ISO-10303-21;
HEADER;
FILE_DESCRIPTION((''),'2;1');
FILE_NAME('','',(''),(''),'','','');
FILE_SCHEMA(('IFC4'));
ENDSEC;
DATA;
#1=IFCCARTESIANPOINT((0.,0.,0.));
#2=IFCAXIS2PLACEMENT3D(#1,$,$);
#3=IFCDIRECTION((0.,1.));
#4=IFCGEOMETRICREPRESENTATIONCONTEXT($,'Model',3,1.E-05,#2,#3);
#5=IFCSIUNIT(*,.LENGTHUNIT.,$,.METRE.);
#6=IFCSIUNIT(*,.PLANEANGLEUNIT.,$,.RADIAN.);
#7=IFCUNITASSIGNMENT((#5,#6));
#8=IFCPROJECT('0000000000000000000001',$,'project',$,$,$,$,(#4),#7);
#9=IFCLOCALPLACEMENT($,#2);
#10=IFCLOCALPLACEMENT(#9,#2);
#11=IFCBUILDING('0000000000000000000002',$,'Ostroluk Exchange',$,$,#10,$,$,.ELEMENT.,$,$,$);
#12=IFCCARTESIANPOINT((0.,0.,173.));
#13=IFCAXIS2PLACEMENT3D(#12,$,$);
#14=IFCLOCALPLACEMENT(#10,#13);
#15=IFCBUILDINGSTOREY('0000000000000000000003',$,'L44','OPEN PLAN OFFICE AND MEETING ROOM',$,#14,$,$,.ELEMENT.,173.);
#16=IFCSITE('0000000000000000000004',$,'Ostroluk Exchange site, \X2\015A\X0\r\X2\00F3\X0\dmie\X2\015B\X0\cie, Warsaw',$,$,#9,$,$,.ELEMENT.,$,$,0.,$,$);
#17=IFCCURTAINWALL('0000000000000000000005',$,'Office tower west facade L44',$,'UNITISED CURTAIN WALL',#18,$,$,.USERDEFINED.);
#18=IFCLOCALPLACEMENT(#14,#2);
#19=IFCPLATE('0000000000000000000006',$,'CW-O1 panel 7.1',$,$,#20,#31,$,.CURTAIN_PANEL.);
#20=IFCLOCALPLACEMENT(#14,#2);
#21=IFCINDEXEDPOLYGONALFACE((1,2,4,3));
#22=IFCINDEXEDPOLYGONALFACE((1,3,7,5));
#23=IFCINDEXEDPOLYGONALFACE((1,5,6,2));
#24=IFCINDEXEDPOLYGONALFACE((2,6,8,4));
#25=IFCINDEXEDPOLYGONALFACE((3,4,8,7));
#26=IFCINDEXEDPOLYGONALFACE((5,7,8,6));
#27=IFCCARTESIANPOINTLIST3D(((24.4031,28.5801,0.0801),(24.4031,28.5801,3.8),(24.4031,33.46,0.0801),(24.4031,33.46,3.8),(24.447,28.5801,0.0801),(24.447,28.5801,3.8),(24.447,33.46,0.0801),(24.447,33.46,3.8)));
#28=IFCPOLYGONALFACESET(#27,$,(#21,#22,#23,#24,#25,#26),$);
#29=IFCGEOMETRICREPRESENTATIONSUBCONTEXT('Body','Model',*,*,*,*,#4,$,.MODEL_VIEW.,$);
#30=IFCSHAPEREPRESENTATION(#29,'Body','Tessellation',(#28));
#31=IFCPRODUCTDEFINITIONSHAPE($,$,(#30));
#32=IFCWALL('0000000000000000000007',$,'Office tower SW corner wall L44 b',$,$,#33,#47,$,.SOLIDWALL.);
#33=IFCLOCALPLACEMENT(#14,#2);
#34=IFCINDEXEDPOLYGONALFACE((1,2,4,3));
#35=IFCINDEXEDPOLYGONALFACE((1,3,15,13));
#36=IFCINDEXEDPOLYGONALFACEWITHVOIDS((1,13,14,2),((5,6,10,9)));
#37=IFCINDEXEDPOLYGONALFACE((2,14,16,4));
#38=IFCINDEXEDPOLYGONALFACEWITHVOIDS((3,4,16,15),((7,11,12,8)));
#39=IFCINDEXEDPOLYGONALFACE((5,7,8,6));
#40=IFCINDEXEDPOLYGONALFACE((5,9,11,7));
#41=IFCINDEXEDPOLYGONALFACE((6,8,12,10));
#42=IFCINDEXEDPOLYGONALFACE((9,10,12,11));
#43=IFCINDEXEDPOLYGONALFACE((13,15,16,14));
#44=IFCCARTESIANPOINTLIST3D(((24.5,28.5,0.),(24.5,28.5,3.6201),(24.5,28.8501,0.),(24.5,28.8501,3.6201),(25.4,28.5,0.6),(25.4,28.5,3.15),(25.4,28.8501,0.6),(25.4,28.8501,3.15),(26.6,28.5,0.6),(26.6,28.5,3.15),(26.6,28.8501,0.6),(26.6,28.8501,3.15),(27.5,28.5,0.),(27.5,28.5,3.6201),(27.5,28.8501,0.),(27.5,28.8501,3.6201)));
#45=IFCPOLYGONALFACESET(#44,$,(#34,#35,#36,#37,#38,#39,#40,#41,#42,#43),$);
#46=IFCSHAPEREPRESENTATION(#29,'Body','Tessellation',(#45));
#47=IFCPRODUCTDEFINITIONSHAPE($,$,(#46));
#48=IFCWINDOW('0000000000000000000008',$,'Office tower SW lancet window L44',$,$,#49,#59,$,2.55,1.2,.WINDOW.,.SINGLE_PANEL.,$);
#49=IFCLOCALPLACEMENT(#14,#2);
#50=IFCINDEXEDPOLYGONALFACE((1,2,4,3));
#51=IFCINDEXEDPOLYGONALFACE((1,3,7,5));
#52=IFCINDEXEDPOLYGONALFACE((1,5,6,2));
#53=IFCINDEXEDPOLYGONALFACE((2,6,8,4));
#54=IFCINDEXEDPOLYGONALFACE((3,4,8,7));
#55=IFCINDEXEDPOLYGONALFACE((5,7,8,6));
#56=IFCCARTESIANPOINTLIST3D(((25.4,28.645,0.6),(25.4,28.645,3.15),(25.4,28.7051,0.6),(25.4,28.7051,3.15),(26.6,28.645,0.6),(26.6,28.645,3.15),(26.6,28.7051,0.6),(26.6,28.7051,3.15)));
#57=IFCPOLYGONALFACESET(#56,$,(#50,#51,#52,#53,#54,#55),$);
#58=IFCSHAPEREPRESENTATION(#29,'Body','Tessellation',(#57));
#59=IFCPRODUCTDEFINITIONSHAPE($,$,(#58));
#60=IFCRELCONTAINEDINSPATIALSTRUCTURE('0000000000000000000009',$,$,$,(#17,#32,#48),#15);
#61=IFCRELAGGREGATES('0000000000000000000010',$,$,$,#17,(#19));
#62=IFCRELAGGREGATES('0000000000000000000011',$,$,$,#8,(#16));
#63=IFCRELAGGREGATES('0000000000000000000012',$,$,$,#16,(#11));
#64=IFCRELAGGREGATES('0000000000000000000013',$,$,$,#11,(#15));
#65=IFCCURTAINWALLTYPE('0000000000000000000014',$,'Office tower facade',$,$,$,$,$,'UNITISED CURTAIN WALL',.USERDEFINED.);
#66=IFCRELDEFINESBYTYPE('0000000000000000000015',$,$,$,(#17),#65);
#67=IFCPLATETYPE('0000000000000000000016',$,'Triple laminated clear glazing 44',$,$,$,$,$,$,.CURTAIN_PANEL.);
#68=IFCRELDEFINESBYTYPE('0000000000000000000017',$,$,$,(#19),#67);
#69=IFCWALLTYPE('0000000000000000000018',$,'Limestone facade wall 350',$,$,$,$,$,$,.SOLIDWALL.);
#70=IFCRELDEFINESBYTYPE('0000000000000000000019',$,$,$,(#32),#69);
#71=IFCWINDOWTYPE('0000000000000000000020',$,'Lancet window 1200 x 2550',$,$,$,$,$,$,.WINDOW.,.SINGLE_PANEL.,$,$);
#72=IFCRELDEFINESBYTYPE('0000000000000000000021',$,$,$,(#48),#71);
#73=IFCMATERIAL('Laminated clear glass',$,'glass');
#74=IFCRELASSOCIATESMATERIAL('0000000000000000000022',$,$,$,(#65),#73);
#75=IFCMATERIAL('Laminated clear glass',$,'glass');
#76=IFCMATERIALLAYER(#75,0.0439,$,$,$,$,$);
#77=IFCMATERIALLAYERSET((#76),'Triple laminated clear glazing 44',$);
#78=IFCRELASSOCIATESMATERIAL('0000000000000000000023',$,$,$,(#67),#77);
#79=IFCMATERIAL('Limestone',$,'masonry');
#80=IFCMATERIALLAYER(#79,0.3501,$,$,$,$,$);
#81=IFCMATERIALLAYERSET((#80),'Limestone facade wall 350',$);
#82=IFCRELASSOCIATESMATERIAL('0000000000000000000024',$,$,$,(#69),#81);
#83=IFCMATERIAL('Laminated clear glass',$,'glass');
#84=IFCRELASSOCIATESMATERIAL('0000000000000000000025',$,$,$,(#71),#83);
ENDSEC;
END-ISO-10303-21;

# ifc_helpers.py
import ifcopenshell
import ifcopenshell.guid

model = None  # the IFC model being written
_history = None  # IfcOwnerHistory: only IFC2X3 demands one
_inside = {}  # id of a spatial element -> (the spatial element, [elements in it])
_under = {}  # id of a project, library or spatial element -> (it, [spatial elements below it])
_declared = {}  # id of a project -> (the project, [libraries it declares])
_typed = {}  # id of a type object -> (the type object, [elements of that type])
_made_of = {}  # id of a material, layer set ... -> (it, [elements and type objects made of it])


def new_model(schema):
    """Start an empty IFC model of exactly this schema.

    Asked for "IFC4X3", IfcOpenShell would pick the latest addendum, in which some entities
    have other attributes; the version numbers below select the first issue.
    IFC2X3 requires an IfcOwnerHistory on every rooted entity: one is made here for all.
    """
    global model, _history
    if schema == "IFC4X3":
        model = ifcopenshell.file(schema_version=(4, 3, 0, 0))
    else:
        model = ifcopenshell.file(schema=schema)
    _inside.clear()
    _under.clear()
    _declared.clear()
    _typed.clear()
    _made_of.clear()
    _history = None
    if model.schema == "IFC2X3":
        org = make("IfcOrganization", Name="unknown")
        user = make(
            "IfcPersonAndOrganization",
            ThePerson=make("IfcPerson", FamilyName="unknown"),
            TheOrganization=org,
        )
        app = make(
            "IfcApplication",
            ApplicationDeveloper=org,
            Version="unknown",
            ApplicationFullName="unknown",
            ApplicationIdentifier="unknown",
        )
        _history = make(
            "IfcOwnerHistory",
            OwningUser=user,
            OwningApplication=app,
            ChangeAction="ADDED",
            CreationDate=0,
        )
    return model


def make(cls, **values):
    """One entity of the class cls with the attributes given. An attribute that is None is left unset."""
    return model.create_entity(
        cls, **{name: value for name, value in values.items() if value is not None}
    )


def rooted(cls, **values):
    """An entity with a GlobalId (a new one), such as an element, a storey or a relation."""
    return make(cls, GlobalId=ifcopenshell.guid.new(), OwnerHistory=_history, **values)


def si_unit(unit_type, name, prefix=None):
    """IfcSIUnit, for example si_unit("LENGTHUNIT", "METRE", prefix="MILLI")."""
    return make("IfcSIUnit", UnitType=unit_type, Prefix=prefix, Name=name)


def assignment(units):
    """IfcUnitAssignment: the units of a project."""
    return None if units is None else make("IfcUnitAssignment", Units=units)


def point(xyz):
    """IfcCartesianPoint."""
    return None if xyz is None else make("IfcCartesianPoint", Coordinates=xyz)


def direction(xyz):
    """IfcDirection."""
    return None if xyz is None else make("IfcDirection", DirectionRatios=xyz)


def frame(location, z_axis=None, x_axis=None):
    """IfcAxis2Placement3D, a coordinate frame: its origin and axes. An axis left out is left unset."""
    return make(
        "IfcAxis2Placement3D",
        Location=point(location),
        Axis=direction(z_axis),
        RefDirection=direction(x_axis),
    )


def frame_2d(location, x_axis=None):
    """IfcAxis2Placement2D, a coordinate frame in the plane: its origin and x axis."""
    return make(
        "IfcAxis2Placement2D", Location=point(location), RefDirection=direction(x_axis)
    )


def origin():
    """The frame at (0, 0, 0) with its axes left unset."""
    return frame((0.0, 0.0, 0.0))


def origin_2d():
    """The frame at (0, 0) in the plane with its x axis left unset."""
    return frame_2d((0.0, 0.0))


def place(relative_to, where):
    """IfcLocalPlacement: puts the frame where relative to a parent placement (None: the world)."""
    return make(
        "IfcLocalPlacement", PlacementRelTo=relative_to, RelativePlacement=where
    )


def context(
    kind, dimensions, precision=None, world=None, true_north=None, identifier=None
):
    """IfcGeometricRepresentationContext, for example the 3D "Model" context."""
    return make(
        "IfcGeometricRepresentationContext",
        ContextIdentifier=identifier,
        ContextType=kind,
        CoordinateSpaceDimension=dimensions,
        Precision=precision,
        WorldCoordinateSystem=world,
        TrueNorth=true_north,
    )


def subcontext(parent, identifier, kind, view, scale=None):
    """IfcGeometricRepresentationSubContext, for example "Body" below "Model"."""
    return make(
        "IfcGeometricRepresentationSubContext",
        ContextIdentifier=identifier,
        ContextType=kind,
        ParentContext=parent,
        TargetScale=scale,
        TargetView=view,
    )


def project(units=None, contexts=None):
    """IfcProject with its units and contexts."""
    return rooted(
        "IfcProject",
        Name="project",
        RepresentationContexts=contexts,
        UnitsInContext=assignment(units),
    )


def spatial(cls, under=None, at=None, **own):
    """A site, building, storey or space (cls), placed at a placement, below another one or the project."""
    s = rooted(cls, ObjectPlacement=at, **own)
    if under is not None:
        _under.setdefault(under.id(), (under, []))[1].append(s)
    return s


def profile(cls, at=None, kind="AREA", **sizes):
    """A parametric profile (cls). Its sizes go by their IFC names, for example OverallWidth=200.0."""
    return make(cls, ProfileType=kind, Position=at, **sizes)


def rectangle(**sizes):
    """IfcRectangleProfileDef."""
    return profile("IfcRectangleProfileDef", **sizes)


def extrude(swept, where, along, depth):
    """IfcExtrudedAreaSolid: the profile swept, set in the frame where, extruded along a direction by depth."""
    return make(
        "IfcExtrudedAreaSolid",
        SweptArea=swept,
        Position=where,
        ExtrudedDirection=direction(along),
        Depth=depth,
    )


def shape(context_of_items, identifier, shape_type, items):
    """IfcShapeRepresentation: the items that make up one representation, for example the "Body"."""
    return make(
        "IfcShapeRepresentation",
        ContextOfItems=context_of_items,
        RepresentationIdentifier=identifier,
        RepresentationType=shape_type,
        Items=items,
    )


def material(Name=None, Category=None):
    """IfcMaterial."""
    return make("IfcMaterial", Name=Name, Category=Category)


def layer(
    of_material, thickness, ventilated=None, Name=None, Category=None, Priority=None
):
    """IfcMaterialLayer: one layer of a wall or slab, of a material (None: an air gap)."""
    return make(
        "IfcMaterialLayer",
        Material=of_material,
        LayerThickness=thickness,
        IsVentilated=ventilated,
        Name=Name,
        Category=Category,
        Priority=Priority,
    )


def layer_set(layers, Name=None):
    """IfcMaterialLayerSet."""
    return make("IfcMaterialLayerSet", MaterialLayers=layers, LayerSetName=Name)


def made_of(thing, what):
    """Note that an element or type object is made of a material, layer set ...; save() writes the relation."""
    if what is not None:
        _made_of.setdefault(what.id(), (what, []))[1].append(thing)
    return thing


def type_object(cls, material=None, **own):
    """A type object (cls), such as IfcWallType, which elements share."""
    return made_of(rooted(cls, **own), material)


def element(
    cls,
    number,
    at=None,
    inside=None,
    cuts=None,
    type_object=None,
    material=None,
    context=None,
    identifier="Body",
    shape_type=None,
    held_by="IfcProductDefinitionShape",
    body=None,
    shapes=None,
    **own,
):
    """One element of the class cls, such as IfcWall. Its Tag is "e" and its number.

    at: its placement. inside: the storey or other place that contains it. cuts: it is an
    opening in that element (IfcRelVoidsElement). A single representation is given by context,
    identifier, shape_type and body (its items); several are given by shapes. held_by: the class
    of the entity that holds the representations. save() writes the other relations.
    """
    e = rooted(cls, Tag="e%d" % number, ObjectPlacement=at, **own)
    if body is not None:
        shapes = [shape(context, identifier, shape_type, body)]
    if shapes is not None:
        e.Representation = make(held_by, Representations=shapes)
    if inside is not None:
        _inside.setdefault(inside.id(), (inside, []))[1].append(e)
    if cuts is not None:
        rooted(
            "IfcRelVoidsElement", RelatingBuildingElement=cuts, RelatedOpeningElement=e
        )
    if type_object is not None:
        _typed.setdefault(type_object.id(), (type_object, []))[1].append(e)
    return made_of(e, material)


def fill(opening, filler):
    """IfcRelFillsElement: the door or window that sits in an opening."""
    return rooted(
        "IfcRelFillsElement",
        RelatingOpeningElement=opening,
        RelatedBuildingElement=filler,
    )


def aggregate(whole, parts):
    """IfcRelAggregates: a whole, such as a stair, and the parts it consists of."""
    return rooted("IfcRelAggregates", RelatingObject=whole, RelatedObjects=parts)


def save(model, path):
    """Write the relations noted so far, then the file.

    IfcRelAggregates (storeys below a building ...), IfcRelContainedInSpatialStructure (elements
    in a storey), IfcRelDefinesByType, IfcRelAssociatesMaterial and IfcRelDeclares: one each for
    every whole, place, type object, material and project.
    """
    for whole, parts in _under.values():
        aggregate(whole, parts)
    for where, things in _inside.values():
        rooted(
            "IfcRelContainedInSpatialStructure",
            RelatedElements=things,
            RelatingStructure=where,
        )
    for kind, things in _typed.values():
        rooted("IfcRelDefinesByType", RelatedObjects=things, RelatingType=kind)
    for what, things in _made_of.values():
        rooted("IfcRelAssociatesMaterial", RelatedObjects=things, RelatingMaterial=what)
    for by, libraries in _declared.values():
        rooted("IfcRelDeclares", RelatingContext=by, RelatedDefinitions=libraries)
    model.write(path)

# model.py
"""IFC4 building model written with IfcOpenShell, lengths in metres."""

from ifc_helpers import new_model, si_unit, direction, frame, frame_2d, origin, origin_2d, place, context, subcontext, project, spatial, rectangle, extrude, material, layer, layer_set, type_object, element, fill, aggregate, save


model = new_model("IFC4")

# Units and contexts
model_context = context("Model", 3, precision=1e-05, world=origin(), true_north=direction((0.0, 1.0)))
body_context = subcontext(model_context, "Body", "Model", "MODEL_VIEW")
ifc_project = project(units=[si_unit("LENGTHUNIT", "METRE"), si_unit("PLANEANGLEUNIT", "RADIAN")], contexts=[model_context])

# Site, building, storey
site_placement = place(None, origin())
site = spatial("IfcSite", under=ifc_project, at=site_placement, Name="Ostroluk Exchange site, Śródmieście, Warsaw", CompositionType="ELEMENT", RefElevation=0.0)
building_placement = place(site_placement, origin())
building = spatial("IfcBuilding", under=site, at=building_placement, Name="Ostroluk Exchange", CompositionType="ELEMENT")
storey_placement = place(building_placement, frame((0.0, 0.0, 173.0)))
storey = spatial("IfcBuildingStorey", under=building, at=storey_placement, Name="L44", Description="OPEN PLAN OFFICE AND MEETING ROOM", CompositionType="ELEMENT", Elevation=173.0)

# Shared definitions
ifc_material_1 = material(Name="Laminated clear glass", Category="glass")
curtain_wall_type = type_object("IfcCurtainWallType", Name="Office tower facade", ElementType="UNITISED CURTAIN WALL", PredefinedType="USERDEFINED", material=ifc_material_1)

# Curtain wall
curtain_wall_1_placement = place(storey_placement, origin())
curtain_wall_1 = element("IfcCurtainWall", 1, at=curtain_wall_1_placement, inside=storey, type_object=curtain_wall_type, Name="Office tower west facade L44", ObjectType="UNITISED CURTAIN WALL", PredefinedType="USERDEFINED")

# Plate
ifc_material_2 = material(Name="Laminated clear glass", Category="glass")
ifc_layer_1 = layer(ifc_material_2, 0.0439)
ifc_layer_set_1 = layer_set([ifc_layer_1], Name="Triple laminated clear glazing 44")
plate_type_1 = type_object("IfcPlateType", Name="Triple laminated clear glazing 44", PredefinedType="CURTAIN_PANEL", material=ifc_layer_set_1)
plate_1_placement = place(storey_placement, frame((24.425, 31.02, 0.0801), z_axis=(0.0, 0.0, 1.0), x_axis=(0.0, -1.0, 0.0)))
plate_1 = element("IfcPlate", 2, at=plate_1_placement, type_object=plate_type_1, Name="CW-O1 panel 7.1", PredefinedType="CURTAIN_PANEL", context=body_context, shape_type="SweptSolid", body=[
    extrude(rectangle(XDim=4.8799, YDim=0.0439, at=origin_2d()), origin(), (0.0, 0.0, 1.0), 3.72),
])
aggregate(curtain_wall_1, [plate_1])

# Shared definitions
ifc_material_3 = material(Name="Limestone", Category="masonry")
ifc_layer_2 = layer(ifc_material_3, 0.3501)
ifc_layer_set_2 = layer_set([ifc_layer_2], Name="Limestone facade wall 350")
wall_type = type_object("IfcWallType", Name="Limestone facade wall 350", PredefinedType="SOLIDWALL", material=ifc_layer_set_2)

# Wall, opening, window
wall_1_placement = place(storey_placement, frame((27.5, 28.675, 0.0), z_axis=(0.0, 0.0, 1.0), x_axis=(-1.0, 0.0, 0.0)))
wall_1 = element("IfcWall", 3, at=wall_1_placement, inside=storey, type_object=wall_type, Name="Office tower SW corner wall L44 b", PredefinedType="SOLIDWALL", context=body_context, shape_type="SweptSolid", body=[
    extrude(rectangle(XDim=3.0, YDim=0.3501, at=frame_2d((1.5, 0.0))), origin(), (0.0, 0.0, 1.0), 3.6201),
])
opening_1_placement = place(wall_1_placement, frame((0.8999, 0.0, 0.6001)))
opening_1 = element("IfcOpeningElement", 4, at=opening_1_placement, cuts=wall_1, PredefinedType="OPENING", context=body_context, shape_type="SweptSolid", body=[
    extrude(rectangle(XDim=1.2, YDim=2.55, at=frame_2d((0.6001, 1.2749))), frame((0.0, 0.1851, 0.0), z_axis=(0.0, -1.0, 0.0), x_axis=(1.0, 0.0, 0.0)), (0.0, 0.0, 1.0), 0.3701),
])
ifc_material_4 = material(Name="Laminated clear glass", Category="glass")
window_type = type_object("IfcWindowType", Name="Lancet window 1200 x 2550", PartitioningType="SINGLE_PANEL", PredefinedType="WINDOW", material=ifc_material_4)
window_placement = place(opening_1_placement, origin())
window = element("IfcWindow", 5, at=window_placement, inside=storey, type_object=window_type, Name="Office tower SW lancet window L44", OverallHeight=2.55, OverallWidth=1.2, PartitioningType="SINGLE_PANEL", PredefinedType="WINDOW", context=body_context, shape_type="SweptSolid", body=[
    extrude(rectangle(XDim=1.2, YDim=2.55, at=frame_2d((0.6001, 1.2749))), frame((0.0, 0.03, 0.0), z_axis=(0.0, -1.0, 0.0), x_axis=(1.0, 0.0, 0.0)), (0.0, 0.0, 1.0), 0.0601),
])
fill(opening_1, window)

save(model, "model.ifc")
